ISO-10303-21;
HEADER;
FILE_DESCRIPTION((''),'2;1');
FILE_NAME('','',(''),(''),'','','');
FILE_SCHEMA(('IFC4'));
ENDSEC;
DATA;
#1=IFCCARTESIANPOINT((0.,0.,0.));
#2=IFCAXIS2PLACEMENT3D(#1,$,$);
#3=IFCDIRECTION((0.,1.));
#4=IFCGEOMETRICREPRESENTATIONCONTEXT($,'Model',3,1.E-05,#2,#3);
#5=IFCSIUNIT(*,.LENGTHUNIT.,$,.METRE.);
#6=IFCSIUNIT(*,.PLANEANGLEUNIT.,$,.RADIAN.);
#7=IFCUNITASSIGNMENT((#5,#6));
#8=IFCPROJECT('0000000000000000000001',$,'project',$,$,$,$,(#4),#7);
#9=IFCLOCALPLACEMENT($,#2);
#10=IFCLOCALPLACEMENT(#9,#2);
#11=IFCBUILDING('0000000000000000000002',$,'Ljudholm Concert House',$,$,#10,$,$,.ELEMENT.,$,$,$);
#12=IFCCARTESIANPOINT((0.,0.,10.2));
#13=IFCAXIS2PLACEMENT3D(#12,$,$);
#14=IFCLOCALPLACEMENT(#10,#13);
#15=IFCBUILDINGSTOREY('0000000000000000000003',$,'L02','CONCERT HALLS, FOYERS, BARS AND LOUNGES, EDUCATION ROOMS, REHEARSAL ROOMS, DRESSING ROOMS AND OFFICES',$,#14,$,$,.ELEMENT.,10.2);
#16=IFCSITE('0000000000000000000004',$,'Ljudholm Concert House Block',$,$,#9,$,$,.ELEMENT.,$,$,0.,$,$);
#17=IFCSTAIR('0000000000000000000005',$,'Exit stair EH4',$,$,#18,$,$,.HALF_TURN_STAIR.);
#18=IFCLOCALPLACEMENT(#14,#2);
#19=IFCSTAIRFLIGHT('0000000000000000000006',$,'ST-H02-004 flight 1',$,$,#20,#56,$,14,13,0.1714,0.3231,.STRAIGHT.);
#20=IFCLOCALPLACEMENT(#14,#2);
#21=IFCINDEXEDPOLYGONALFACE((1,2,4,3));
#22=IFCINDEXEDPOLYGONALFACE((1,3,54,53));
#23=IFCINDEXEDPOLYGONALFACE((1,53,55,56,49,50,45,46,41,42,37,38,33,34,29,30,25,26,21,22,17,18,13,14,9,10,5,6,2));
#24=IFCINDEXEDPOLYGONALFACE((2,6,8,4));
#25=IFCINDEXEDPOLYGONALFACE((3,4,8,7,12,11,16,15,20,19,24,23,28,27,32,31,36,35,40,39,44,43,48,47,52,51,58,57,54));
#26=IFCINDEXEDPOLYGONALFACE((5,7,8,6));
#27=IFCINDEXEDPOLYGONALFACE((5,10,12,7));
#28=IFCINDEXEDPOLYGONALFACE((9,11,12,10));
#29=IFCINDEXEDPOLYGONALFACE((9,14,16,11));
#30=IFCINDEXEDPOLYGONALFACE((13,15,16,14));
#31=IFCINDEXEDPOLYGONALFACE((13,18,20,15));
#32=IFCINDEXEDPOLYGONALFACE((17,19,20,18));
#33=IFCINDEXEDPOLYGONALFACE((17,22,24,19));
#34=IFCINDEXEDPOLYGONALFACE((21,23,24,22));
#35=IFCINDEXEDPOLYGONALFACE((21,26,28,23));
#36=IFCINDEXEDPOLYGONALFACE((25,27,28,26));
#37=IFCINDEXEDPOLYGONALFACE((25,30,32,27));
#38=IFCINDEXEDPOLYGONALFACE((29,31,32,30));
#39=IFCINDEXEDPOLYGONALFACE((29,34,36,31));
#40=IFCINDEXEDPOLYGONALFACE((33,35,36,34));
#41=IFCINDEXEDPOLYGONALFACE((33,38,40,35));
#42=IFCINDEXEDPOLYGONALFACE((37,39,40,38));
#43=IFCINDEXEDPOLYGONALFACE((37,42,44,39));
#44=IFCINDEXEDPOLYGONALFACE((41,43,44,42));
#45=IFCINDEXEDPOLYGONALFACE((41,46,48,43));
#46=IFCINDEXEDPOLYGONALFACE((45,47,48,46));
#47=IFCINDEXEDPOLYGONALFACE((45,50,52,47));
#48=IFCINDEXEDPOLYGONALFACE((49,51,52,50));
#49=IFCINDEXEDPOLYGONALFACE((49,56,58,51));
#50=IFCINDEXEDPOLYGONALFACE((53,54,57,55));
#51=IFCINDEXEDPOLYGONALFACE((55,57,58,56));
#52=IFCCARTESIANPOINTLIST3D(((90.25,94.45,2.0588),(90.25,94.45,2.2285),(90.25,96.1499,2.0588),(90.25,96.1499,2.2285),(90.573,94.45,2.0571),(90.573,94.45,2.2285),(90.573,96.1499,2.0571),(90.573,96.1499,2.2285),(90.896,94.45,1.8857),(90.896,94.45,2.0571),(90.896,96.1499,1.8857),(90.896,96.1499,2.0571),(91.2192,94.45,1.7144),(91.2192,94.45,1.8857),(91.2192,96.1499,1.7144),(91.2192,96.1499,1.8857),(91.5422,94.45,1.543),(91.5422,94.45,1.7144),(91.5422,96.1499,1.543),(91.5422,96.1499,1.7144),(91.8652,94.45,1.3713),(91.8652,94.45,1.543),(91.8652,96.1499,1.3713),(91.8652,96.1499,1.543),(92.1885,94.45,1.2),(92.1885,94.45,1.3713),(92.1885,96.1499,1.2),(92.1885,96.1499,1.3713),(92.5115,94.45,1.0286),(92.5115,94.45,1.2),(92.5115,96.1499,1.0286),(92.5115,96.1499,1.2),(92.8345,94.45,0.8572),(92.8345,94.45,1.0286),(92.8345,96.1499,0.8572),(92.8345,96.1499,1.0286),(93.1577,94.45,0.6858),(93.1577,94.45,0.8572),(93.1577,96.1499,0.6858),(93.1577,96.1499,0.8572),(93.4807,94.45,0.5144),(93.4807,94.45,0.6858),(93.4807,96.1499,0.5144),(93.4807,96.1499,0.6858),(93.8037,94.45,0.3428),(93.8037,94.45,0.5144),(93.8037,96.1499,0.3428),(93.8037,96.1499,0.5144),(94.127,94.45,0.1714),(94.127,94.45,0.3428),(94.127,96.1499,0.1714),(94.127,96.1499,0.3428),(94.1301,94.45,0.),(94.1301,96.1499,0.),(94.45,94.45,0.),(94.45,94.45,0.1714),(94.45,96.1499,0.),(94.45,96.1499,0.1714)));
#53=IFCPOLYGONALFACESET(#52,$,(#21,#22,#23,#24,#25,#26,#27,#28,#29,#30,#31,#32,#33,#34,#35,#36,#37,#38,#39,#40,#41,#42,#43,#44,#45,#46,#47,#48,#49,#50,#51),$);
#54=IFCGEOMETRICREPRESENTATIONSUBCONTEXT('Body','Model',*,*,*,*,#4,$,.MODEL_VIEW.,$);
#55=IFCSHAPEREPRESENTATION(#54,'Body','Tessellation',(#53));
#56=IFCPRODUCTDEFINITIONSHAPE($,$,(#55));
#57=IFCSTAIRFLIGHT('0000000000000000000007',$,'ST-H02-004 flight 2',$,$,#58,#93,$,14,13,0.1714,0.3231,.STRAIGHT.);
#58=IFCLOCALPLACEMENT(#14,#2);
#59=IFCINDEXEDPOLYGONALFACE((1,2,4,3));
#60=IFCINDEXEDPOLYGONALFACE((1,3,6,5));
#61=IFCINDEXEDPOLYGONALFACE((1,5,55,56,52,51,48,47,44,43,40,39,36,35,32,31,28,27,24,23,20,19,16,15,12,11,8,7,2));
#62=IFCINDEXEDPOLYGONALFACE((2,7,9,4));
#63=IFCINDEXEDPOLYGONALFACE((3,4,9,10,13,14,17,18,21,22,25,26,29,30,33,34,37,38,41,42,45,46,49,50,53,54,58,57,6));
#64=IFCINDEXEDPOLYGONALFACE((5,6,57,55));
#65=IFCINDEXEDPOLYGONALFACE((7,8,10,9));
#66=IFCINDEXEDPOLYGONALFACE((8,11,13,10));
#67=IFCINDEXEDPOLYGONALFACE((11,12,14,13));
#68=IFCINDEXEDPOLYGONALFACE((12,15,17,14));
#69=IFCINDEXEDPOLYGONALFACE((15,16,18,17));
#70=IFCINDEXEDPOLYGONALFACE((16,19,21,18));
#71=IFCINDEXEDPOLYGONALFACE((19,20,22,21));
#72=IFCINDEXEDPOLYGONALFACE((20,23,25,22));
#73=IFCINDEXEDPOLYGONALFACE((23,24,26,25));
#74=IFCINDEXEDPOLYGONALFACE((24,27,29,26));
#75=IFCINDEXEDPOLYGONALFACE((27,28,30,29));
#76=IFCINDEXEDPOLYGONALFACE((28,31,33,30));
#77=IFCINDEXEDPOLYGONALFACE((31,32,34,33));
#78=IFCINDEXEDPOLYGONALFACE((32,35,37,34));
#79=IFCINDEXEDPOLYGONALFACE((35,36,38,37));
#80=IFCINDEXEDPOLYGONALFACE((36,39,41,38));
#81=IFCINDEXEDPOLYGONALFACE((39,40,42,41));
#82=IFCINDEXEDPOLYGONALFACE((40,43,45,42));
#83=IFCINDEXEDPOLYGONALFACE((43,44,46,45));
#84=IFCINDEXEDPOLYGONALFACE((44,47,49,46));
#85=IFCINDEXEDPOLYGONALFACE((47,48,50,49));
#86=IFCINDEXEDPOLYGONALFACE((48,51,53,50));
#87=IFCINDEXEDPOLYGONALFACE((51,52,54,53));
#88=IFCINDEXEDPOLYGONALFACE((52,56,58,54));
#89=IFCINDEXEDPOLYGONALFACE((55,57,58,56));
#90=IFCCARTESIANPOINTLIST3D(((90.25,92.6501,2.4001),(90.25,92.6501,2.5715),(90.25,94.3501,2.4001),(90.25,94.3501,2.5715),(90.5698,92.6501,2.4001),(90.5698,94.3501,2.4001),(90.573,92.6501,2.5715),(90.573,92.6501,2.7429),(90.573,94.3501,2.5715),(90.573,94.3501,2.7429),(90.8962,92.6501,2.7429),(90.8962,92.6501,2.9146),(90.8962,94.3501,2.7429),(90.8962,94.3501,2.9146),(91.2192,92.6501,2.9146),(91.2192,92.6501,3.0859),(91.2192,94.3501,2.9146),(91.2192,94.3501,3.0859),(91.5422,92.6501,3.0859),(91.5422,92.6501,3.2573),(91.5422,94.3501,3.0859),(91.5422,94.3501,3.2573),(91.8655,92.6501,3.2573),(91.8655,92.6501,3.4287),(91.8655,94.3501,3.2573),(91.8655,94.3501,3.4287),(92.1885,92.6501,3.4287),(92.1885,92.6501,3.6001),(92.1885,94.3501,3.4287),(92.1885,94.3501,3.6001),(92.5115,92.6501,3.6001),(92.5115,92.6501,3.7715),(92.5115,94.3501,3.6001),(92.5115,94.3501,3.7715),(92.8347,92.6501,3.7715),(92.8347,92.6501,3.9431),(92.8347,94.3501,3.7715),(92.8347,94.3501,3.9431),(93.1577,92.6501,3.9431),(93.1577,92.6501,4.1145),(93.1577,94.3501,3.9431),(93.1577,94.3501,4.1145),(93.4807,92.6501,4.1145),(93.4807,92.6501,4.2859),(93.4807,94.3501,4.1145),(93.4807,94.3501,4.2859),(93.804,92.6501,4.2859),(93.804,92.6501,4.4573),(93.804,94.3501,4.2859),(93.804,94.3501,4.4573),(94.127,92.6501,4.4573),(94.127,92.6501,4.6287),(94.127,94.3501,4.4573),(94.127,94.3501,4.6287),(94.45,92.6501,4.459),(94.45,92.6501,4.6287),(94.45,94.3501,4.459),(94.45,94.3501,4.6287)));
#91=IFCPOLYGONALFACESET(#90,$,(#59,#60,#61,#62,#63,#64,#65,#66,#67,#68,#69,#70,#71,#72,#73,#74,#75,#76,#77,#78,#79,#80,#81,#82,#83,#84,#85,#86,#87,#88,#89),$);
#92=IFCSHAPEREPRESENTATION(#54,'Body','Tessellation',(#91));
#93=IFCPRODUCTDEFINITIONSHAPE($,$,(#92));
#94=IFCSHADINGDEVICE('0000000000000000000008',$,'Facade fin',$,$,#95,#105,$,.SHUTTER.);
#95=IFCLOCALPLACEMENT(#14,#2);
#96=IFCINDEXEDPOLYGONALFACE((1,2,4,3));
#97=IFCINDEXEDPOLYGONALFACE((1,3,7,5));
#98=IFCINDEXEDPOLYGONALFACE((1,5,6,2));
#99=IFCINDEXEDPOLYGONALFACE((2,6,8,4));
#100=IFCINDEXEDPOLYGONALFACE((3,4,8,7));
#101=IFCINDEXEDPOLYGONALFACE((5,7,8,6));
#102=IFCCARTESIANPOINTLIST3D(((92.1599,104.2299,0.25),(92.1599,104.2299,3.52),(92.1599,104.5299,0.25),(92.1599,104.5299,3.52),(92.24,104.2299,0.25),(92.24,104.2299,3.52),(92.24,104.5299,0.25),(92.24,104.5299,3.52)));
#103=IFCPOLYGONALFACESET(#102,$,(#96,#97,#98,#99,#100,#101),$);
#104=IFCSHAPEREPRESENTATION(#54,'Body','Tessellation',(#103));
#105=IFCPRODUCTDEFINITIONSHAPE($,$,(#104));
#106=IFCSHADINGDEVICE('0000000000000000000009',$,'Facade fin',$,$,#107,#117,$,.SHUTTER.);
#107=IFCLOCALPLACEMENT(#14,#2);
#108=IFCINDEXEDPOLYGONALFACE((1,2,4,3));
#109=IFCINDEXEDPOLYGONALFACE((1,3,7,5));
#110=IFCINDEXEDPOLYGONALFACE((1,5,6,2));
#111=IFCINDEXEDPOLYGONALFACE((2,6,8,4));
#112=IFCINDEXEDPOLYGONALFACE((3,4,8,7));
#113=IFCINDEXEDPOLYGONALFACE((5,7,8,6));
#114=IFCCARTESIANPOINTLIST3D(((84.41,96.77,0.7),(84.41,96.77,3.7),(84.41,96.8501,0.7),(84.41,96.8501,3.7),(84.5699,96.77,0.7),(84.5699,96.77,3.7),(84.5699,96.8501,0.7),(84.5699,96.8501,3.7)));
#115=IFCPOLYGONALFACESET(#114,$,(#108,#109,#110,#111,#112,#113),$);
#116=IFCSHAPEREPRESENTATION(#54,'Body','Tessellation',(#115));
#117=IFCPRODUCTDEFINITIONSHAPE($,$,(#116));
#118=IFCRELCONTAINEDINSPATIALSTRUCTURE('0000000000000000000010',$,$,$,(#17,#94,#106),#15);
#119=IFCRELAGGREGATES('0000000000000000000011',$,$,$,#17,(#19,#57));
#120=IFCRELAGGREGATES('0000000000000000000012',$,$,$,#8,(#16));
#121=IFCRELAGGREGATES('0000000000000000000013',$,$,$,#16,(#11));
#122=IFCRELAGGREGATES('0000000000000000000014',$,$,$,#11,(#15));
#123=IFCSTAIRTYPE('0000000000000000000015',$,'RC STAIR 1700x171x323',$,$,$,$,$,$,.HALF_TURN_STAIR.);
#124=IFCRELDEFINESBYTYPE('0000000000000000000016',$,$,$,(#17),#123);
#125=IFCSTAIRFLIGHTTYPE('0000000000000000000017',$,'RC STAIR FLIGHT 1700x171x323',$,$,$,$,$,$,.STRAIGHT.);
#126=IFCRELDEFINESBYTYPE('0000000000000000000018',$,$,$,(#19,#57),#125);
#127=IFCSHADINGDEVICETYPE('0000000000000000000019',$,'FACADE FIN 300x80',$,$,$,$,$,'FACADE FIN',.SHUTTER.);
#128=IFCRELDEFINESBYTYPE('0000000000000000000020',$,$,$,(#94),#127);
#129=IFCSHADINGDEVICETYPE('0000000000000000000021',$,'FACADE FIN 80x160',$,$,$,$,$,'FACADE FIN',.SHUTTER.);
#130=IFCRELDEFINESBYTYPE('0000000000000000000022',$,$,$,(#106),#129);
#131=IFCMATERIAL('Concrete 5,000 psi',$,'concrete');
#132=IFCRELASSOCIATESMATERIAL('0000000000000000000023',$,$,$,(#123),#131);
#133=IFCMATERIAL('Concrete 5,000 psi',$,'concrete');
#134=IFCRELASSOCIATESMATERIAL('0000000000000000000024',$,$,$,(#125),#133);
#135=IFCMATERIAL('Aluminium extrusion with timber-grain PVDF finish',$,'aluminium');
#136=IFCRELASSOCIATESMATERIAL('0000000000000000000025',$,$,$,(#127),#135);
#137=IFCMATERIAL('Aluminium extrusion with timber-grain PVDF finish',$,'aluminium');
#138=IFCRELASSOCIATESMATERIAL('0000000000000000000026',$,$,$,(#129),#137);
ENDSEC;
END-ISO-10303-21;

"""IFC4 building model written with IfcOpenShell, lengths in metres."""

from ifc_helpers import new_model, si_unit, direction, frame, origin, origin_2d, place, context, subcontext, project, spatial, polyline, rectangle, outline, extrude, material, type_object, element, aggregate, save


model = new_model("IFC4")

# Units and contexts
model_context = context("Model", 3, precision=1e-05, world=origin(), true_north=direction((0.0, 1.0)))
body_context = subcontext(model_context, "Body", "Model", "MODEL_VIEW")
ifc_project = project(units=[si_unit("LENGTHUNIT", "METRE"), si_unit("PLANEANGLEUNIT", "RADIAN")], contexts=[model_context])

# Site, building, storey
site_placement = place(None, origin())
site = spatial("IfcSite", under=ifc_project, at=site_placement, Name="Ljudholm Concert House Block", CompositionType="ELEMENT", RefElevation=0.0)
building_placement = place(site_placement, origin())
building = spatial("IfcBuilding", under=site, at=building_placement, Name="Ljudholm Concert House", CompositionType="ELEMENT")
storey_placement = place(building_placement, frame((0.0, 0.0, 10.2)))
storey = spatial("IfcBuildingStorey", under=building, at=storey_placement, Name="L02", Description="CONCERT HALLS, FOYERS, BARS AND LOUNGES, EDUCATION ROOMS, REHEARSAL ROOMS, DRESSING ROOMS AND OFFICES", CompositionType="ELEMENT", Elevation=10.2)

# Stair, stair flights
ifc_material_1 = material(Name="Concrete 5,000 psi", Category="concrete")
stair_type = type_object("IfcStairType", Name="RC STAIR 1700x171x323", PredefinedType="HALF_TURN_STAIR", material=ifc_material_1)
stair_placement = place(storey_placement, origin())
stair = element("IfcStair", 1, at=stair_placement, inside=storey, type_object=stair_type, Name="Exit stair EH4", PredefinedType="HALF_TURN_STAIR")
ifc_material_2 = material(Name="Concrete 5,000 psi", Category="concrete")
stair_flight_type = type_object("IfcStairFlightType", Name="RC STAIR FLIGHT 1700x171x323", PredefinedType="STRAIGHT", material=ifc_material_2)
stair_flight_1_placement = place(storey_placement, frame((94.45, 95.3, 0.0), z_axis=(0.0, 0.0, 1.0), x_axis=(-1.0, 0.0, 0.0)))
stair_flight_1 = element("IfcStairFlight", 2, at=stair_flight_1_placement, type_object=stair_flight_type, Name="ST-H02-004 flight 1", NumberOfRisers=14, NumberOfTreads=13, PredefinedType="STRAIGHT", RiserHeight=0.1714, TreadLength=0.3231, context=body_context, shape_type="SweptSolid", body=[
    extrude(outline(polyline([(0.0, 0.0), (0.0, 0.1714), (0.323, 0.1714), (0.323, 0.3428), (0.6462, 0.3428), (0.6462, 0.5144), (0.9692, 0.5144), (0.9692, 0.6858), (1.2922, 0.6858), (1.2922, 0.8572), (1.6155, 0.8572), (1.6155, 1.0286), (1.9385, 1.0286), (1.9385, 1.2), (2.2615, 1.2), (2.2615, 1.3713), (2.5847, 1.3713), (2.5847, 1.543), (2.9077, 1.543), (2.9077, 1.7144), (3.2307, 1.7144), (3.2307, 1.8857), (3.554, 1.8857), (3.554, 2.0571), (3.877, 2.0571), (3.877, 2.2285), (4.2, 2.2285), (4.2, 2.3999), (4.2, 2.0588), (0.3198, 0.0), (0.0, 0.0)])), frame((0.0, 0.8501, 0.0), z_axis=(0.0, -1.0, 0.0), x_axis=(1.0, 0.0, 0.0)), (0.0, 0.0, 1.0), 1.7),
])
stair_flight_2_placement = place(storey_placement, frame((90.25, 93.5, 2.4001), z_axis=(0.0, 0.0, 1.0), x_axis=(1.0, 0.0, 0.0)))
stair_flight_2 = element("IfcStairFlight", 3, at=stair_flight_2_placement, type_object=stair_flight_type, Name="ST-H02-004 flight 2", NumberOfRisers=14, NumberOfTreads=13, PredefinedType="STRAIGHT", RiserHeight=0.1714, TreadLength=0.3231, context=body_context, shape_type="SweptSolid", body=[
    extrude(outline(polyline([(0.0, 0.0), (0.0, 0.1714), (0.323, 0.1714), (0.323, 0.3428), (0.6462, 0.3428), (0.6462, 0.5144), (0.9692, 0.5144), (0.9692, 0.6858), (1.2922, 0.6858), (1.2922, 0.8572), (1.6155, 0.8572), (1.6155, 1.0286), (1.9385, 1.0286), (1.9385, 1.2), (2.2615, 1.2), (2.2615, 1.3713), (2.5847, 1.3713), (2.5847, 1.543), (2.9077, 1.543), (2.9077, 1.7144), (3.2307, 1.7144), (3.2307, 1.8857), (3.554, 1.8857), (3.554, 2.0571), (3.877, 2.0571), (3.877, 2.2285), (4.2, 2.2285), (4.2, 2.3999), (4.2, 2.0588), (0.3198, 0.0), (0.0, 0.0)])), frame((0.0, 0.8501, 0.0), z_axis=(0.0, -1.0, 0.0), x_axis=(1.0, 0.0, 0.0)), (0.0, 0.0, 1.0), 1.7),
])
aggregate(stair, [stair_flight_1, stair_flight_2])

# Shading devices
ifc_material_3 = material(Name="Aluminium extrusion with timber-grain PVDF finish", Category="aluminium")
shading_device_type_1 = type_object("IfcShadingDeviceType", Name="FACADE FIN 300x80", ElementType="FACADE FIN", PredefinedType="SHUTTER", material=ifc_material_3)
shading_device_1_placement = place(storey_placement, frame((92.2, 104.3799, 0.25), z_axis=(0.0, 0.0, 1.0), x_axis=(0.0, -1.0, 0.0)))
element("IfcShadingDevice", 4, at=shading_device_1_placement, inside=storey, type_object=shading_device_type_1, Name="Facade fin", PredefinedType="SHUTTER", context=body_context, shape_type="SweptSolid", body=[
    extrude(rectangle(XDim=0.3, YDim=0.0801, at=origin_2d()), origin(), (0.0, 0.0, 1.0), 3.27),
])
ifc_material_4 = material(Name="Aluminium extrusion with timber-grain PVDF finish", Category="aluminium")
shading_device_type_2 = type_object("IfcShadingDeviceType", Name="FACADE FIN 80x160", ElementType="FACADE FIN", PredefinedType="SHUTTER", material=ifc_material_4)
shading_device_2_placement = place(storey_placement, frame((84.49, 96.8101, 0.7), z_axis=(0.0, 0.0, 1.0), x_axis=(0.0, 1.0, 0.0)))
element("IfcShadingDevice", 5, at=shading_device_2_placement, inside=storey, type_object=shading_device_type_2, Name="Facade fin", PredefinedType="SHUTTER", context=body_context, shape_type="SweptSolid", body=[
    extrude(rectangle(XDim=0.0801, YDim=0.1599, at=origin_2d()), origin(), (0.0, 0.0, 1.0), 3.0),
])

save(model, "model.ifc")
